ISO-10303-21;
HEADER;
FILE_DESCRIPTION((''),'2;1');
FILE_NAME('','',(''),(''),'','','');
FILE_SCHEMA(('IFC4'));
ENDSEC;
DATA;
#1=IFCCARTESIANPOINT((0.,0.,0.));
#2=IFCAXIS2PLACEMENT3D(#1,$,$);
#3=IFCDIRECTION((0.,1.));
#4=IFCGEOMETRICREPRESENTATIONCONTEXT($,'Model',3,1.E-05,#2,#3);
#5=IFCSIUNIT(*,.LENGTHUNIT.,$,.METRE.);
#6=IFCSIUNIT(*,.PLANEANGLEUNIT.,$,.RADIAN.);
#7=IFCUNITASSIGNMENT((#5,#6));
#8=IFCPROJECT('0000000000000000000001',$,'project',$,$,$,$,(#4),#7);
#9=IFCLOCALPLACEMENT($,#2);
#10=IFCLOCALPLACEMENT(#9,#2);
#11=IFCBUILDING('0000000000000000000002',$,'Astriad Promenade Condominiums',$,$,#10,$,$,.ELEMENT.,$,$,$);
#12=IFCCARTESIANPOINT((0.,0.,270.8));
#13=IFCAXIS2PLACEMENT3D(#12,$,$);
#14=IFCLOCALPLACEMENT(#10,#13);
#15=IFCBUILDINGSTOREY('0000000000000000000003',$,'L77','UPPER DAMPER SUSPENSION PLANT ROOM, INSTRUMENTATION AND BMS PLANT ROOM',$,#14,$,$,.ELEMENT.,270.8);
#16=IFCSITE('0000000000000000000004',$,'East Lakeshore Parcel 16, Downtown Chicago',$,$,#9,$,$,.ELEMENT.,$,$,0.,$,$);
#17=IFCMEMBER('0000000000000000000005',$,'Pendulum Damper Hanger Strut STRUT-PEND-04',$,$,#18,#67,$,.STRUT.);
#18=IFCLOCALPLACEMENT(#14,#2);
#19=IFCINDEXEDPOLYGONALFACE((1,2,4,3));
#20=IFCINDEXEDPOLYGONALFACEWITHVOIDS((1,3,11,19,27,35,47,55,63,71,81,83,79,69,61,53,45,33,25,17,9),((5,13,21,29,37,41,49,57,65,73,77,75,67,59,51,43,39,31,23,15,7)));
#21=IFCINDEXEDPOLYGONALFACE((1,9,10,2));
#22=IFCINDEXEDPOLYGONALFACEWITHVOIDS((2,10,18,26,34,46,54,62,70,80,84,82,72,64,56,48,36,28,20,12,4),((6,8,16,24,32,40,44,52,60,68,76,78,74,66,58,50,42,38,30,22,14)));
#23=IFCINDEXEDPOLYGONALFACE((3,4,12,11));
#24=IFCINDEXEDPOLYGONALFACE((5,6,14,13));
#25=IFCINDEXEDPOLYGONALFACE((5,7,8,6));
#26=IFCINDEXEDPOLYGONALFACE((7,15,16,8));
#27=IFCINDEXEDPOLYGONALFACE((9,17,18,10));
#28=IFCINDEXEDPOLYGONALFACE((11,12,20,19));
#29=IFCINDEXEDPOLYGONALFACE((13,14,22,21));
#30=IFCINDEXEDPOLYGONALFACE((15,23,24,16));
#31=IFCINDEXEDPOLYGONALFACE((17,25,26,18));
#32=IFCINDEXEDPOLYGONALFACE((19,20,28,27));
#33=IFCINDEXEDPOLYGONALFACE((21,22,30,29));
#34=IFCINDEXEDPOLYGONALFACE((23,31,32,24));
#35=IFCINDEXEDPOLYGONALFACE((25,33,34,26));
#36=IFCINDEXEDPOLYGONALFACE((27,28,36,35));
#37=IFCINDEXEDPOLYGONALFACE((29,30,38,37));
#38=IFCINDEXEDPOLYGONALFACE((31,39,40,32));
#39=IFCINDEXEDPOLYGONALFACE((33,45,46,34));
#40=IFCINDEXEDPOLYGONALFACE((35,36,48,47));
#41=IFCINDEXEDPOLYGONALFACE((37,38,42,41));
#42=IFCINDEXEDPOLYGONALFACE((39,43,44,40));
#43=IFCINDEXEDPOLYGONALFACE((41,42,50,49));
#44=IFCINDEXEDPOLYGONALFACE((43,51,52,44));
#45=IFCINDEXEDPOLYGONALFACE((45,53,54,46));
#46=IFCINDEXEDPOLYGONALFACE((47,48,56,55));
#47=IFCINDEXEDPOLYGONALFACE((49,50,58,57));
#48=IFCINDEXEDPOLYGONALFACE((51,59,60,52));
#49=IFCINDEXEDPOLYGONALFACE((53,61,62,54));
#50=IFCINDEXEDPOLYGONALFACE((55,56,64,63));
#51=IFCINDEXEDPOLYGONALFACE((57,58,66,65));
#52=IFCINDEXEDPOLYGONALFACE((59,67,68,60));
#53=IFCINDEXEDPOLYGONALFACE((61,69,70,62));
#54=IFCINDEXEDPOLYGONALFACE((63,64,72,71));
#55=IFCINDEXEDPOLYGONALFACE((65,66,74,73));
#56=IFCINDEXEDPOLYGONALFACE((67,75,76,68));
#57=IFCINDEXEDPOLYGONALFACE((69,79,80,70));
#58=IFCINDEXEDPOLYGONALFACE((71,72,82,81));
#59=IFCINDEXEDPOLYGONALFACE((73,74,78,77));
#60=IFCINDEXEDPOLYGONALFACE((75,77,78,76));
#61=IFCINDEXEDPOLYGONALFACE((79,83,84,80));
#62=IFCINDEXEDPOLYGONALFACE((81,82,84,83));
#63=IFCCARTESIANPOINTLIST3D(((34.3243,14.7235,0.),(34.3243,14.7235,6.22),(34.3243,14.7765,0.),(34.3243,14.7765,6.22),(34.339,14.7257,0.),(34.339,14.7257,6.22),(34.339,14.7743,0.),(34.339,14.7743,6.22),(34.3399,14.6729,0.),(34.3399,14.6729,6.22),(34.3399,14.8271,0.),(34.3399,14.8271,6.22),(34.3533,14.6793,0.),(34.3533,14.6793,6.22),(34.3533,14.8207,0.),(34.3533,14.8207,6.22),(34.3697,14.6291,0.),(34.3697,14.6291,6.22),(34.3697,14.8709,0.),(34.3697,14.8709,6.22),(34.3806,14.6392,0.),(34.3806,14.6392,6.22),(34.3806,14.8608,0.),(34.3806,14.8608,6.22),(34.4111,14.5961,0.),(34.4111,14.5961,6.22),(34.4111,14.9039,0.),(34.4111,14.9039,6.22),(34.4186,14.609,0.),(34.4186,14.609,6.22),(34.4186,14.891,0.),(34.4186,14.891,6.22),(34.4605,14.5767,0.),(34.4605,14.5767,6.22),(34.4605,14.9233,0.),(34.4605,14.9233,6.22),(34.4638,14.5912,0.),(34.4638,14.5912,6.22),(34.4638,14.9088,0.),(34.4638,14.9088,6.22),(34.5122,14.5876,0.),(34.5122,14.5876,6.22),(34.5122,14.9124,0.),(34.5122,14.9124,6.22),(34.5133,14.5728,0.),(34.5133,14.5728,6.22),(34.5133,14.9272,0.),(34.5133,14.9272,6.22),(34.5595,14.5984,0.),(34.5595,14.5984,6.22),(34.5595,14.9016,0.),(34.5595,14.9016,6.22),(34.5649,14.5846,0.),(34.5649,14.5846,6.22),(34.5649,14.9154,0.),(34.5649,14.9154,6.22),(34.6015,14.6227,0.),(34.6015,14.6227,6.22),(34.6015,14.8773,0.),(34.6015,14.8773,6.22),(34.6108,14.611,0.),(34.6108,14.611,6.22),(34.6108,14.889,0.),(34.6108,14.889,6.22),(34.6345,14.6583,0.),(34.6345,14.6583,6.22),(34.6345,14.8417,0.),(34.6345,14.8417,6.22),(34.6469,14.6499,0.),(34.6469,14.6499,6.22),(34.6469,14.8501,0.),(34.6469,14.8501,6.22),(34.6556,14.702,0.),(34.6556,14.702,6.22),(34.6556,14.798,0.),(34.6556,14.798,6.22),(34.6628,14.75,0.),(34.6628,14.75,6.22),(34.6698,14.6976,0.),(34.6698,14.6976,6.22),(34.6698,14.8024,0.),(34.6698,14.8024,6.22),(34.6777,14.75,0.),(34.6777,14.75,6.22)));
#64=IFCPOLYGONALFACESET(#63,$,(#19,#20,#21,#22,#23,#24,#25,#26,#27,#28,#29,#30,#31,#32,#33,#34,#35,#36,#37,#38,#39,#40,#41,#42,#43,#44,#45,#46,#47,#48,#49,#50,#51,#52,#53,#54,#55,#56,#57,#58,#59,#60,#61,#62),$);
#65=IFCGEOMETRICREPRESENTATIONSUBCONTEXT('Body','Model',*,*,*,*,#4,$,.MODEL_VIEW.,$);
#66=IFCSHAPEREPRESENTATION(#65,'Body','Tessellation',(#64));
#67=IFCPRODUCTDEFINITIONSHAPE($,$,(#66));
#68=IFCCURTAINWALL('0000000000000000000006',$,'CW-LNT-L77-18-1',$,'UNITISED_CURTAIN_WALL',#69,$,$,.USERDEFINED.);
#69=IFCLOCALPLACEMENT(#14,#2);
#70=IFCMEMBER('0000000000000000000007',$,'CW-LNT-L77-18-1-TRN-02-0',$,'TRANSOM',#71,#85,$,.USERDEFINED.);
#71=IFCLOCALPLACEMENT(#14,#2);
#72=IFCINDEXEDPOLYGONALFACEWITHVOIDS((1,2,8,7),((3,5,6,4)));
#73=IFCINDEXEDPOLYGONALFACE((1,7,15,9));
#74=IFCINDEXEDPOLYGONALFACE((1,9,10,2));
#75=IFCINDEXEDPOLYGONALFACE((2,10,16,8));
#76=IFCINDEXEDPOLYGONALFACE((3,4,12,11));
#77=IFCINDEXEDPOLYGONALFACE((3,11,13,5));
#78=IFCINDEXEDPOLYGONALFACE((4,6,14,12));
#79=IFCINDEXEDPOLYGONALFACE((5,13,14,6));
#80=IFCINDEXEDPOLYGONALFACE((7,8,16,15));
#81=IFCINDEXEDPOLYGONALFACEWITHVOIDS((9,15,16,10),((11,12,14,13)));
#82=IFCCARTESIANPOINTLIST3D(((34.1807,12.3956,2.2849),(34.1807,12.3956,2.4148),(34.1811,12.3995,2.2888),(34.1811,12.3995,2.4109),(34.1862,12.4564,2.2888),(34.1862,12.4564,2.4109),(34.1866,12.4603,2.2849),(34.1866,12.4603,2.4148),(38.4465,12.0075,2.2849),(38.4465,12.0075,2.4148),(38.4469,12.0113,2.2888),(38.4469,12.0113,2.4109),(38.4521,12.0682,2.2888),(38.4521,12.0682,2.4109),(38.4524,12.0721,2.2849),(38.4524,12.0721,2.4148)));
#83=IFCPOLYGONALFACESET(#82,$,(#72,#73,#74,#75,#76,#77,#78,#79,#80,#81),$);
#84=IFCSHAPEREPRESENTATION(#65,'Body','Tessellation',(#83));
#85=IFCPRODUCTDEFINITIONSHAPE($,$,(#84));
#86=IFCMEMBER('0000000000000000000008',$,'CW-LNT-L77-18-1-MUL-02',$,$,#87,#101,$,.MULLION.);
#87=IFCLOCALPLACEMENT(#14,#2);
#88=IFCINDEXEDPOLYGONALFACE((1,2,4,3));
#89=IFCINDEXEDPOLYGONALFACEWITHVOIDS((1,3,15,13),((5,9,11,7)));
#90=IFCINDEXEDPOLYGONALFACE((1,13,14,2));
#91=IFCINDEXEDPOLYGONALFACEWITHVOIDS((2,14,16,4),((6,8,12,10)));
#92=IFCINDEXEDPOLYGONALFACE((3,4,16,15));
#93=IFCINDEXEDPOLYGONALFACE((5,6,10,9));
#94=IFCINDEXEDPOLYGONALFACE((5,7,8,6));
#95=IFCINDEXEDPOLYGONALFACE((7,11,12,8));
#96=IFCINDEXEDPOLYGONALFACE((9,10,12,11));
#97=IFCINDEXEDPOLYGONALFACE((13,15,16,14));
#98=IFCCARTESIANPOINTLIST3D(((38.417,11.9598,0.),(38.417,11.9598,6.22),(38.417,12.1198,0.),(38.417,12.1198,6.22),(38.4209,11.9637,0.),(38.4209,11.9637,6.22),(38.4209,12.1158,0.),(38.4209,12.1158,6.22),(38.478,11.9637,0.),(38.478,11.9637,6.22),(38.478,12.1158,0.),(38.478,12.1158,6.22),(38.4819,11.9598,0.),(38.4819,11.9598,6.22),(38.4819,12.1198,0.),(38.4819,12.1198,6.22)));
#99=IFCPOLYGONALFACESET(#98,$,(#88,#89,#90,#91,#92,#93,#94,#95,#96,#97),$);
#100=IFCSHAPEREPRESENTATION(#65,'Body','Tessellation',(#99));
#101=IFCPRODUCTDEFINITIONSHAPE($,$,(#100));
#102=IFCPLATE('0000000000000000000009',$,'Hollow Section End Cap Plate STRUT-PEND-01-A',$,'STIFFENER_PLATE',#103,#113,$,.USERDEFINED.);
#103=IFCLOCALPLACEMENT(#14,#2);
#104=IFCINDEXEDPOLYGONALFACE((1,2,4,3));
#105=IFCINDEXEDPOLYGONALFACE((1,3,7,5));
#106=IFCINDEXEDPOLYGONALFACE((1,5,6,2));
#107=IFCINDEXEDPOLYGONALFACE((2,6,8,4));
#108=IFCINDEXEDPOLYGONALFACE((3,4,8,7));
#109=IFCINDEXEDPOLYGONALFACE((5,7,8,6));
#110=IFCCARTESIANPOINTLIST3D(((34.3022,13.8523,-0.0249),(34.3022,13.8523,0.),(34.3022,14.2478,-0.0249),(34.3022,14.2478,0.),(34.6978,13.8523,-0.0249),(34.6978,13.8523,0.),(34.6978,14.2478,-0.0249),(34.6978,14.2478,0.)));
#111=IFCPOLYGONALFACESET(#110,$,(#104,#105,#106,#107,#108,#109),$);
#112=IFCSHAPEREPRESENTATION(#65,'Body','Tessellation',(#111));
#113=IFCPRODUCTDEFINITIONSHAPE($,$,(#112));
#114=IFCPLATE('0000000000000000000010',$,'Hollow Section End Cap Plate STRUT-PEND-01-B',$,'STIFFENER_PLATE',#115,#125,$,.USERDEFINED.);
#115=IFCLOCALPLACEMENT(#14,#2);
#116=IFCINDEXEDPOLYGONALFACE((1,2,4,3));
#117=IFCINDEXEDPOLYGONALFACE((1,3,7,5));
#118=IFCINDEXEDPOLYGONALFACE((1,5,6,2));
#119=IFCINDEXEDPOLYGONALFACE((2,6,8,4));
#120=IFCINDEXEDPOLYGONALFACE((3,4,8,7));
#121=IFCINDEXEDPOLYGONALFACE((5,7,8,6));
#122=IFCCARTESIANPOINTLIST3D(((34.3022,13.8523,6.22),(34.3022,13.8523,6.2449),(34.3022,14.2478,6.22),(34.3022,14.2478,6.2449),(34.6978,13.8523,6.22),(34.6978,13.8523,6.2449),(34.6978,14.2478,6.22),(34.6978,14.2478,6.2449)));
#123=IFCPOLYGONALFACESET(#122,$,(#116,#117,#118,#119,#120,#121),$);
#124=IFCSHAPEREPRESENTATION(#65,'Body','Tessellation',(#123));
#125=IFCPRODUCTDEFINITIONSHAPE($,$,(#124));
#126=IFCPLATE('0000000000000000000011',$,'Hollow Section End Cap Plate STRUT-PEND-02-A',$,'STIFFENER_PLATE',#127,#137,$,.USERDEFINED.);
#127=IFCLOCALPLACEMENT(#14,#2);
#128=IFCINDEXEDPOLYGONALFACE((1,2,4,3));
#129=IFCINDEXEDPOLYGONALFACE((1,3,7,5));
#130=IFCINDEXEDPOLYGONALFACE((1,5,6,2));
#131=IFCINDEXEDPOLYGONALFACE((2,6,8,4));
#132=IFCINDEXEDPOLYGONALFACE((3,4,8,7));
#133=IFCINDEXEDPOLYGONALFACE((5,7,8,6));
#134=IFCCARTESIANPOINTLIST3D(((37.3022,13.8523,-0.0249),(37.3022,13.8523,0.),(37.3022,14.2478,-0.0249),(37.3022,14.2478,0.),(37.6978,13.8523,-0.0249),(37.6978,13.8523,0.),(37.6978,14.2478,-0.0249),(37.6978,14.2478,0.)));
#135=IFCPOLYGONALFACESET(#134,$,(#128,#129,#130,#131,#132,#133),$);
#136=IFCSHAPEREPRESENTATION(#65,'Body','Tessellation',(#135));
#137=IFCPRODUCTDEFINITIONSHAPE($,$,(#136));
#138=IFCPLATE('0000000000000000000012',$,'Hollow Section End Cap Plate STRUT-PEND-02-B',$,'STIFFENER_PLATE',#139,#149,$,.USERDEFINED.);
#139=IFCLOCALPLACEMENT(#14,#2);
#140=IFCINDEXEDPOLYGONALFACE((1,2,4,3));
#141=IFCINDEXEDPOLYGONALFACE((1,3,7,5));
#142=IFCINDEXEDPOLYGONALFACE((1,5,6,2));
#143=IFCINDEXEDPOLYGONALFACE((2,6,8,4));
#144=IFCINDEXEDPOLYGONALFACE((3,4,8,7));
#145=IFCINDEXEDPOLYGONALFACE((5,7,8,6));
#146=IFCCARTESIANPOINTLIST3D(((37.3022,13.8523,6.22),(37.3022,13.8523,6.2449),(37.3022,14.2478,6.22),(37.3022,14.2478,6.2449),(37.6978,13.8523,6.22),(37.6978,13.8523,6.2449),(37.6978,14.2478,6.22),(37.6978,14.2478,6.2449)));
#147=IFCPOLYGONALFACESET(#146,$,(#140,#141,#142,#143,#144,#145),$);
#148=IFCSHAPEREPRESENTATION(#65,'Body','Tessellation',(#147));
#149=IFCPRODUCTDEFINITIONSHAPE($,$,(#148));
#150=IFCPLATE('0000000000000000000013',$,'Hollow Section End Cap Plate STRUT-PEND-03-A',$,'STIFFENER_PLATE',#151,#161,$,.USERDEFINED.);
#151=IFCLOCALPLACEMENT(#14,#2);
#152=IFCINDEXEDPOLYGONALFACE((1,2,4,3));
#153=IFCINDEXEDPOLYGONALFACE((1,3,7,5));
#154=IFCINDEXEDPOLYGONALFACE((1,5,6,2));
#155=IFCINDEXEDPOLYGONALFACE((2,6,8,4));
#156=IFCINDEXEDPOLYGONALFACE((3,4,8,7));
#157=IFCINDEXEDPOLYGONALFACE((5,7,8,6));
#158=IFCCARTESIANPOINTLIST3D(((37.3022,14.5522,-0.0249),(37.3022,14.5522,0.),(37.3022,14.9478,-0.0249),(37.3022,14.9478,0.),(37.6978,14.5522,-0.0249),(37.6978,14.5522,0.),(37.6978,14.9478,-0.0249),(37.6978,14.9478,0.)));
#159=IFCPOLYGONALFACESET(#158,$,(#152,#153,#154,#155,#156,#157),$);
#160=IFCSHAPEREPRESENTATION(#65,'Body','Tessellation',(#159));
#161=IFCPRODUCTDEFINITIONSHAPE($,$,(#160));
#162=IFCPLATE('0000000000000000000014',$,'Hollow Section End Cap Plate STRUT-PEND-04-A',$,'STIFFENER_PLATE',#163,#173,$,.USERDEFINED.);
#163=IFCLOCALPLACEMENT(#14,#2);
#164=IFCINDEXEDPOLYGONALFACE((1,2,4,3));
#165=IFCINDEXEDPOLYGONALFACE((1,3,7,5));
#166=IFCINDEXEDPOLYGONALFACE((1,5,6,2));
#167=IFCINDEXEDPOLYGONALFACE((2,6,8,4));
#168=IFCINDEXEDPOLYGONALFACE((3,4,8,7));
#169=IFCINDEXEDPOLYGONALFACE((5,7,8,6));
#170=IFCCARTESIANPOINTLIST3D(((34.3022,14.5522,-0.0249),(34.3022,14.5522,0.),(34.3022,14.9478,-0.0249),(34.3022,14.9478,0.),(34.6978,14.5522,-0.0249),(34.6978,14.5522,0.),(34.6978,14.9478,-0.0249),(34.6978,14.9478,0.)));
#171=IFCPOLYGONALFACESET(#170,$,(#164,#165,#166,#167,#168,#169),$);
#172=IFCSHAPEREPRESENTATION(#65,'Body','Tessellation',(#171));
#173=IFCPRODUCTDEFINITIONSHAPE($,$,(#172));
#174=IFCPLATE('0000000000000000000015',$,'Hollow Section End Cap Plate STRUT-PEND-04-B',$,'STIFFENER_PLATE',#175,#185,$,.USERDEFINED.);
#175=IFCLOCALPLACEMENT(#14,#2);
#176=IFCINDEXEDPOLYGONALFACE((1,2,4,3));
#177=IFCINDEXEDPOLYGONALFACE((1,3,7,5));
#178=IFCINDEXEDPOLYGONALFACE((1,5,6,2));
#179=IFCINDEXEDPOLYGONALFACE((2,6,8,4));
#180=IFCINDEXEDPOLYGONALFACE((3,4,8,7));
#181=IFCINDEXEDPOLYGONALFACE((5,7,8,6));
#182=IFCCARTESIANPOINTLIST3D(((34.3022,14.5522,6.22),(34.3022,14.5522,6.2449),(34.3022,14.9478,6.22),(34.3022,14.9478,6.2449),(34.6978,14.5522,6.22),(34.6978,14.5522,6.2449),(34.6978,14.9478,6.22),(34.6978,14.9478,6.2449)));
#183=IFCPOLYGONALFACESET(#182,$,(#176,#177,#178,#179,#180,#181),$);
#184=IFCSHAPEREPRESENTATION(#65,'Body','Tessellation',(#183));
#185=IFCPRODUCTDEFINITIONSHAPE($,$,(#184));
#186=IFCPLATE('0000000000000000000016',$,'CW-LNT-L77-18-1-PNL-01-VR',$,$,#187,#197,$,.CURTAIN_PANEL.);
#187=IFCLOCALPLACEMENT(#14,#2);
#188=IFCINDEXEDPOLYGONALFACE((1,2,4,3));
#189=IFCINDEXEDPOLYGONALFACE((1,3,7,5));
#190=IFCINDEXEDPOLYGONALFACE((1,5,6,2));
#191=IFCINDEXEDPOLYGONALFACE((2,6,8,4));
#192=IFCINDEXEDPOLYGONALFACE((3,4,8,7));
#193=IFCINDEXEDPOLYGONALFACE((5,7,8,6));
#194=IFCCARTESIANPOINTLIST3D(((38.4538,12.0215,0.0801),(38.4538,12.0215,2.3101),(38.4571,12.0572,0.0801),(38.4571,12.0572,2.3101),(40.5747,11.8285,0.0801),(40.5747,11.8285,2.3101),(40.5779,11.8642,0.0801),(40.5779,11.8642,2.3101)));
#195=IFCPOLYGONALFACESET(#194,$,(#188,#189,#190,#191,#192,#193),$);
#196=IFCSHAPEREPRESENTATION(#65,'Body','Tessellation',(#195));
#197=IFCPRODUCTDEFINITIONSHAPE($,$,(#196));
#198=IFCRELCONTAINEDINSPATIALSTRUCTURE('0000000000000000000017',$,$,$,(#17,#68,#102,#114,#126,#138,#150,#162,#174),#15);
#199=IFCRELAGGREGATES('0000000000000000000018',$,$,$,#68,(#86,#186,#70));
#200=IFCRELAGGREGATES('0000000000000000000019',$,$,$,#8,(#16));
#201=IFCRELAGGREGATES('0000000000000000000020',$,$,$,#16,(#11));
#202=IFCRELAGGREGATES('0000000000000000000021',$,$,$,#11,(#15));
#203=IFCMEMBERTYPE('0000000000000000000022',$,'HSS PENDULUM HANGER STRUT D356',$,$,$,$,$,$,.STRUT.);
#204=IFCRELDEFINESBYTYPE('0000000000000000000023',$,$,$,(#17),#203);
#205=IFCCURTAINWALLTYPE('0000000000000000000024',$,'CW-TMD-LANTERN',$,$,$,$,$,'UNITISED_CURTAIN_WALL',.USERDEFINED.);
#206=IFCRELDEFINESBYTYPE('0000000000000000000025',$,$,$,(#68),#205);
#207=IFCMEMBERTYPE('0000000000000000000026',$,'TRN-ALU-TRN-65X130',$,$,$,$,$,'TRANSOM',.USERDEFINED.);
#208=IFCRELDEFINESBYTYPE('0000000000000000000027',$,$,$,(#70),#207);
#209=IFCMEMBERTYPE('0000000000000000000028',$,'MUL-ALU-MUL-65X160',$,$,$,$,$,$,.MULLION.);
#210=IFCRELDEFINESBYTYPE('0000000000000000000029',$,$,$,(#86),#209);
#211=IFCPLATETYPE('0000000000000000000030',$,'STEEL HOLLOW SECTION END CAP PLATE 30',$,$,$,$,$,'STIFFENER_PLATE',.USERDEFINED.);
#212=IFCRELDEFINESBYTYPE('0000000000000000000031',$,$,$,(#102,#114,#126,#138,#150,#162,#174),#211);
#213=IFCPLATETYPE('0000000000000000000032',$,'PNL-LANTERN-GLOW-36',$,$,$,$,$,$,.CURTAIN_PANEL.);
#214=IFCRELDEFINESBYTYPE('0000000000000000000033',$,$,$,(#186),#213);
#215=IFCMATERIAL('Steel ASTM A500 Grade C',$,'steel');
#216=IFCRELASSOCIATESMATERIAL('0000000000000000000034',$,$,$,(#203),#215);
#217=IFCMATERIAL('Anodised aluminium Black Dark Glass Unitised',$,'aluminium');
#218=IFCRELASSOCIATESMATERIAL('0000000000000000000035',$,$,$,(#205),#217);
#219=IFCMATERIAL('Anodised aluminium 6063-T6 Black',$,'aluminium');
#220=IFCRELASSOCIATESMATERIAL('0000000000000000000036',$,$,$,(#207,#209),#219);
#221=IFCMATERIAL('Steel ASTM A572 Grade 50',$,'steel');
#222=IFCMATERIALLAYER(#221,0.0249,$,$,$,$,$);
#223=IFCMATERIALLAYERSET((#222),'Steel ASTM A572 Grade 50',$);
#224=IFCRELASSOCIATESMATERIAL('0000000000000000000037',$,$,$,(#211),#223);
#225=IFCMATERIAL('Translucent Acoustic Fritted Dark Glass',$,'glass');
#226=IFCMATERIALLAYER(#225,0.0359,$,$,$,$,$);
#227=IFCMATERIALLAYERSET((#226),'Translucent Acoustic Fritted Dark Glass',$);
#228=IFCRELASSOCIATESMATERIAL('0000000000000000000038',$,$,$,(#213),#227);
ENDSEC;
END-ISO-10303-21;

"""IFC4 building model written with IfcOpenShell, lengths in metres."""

from ifc_helpers import new_model, si_unit, direction, frame, origin, origin_2d, place, context, subcontext, project, spatial, rectangle, hollow_rectangle, hollow_circle, extrude, source, transform, mapped, material, layer, layer_set, material_profile, profile_set, type_object, type_shapes, element, aggregate, save


model = new_model("IFC4")

# Units and contexts
model_context = context("Model", 3, precision=1e-05, world=origin(), true_north=direction((0.0, 1.0)))
body_context = subcontext(model_context, "Body", "Model", "MODEL_VIEW")
ifc_project = project(units=[si_unit("LENGTHUNIT", "METRE"), si_unit("PLANEANGLEUNIT", "RADIAN")], contexts=[model_context])

# Site, building, storey
site_placement = place(None, origin())
site = spatial("IfcSite", under=ifc_project, at=site_placement, Name="East Lakeshore Parcel 16, Downtown Chicago", CompositionType="ELEMENT", RefElevation=0.0)
building_placement = place(site_placement, origin())
building = spatial("IfcBuilding", under=site, at=building_placement, Name="Astriad Promenade Condominiums", CompositionType="ELEMENT")
storey_placement = place(building_placement, frame((0.0, 0.0, 270.8)))
storey = spatial("IfcBuildingStorey", under=building, at=storey_placement, Name="L77", Description="UPPER DAMPER SUSPENSION PLANT ROOM, INSTRUMENTATION AND BMS PLANT ROOM", CompositionType="ELEMENT", Elevation=270.8)

# Member
ifc_material_1 = material(Name="Steel ASTM A500 Grade C", Category="steel")
ifc_material_profile_1 = material_profile(ifc_material_1, hollow_circle(Radius=0.1777, WallThickness=0.0149, at=origin_2d()), Name="HSS355.6X15.9")
ifc_profile_set_1 = profile_set([ifc_material_profile_1], Name="Steel ASTM A500 Grade C")
member_type_1 = type_object("IfcMemberType", Name="HSS PENDULUM HANGER STRUT D356", PredefinedType="STRUT", material=ifc_profile_set_1)
shared_shape_1 = source(origin(), body_context, "Body", "SweptSolid", [
    extrude(hollow_circle(Radius=0.1777, WallThickness=0.0149, at=origin_2d()), origin(), (0.0, 0.0, 1.0), 6.22),
])
type_shapes(member_type_1, [shared_shape_1])
for number, where, z_axis, x_axis, name in (
    (1, (34.5, 14.75, 0.0), (0.0, 0.0, 1.0), (1.0, 0.0, 0.0), "Pendulum Damper Hanger Strut STRUT-PEND-04"),
):
    element("IfcMember", number, at=place(storey_placement, frame(where, z_axis=z_axis, x_axis=x_axis)), inside=storey, type_object=member_type_1, Name=name, PredefinedType="STRUT", context=body_context, shape_type="MappedRepresentation", body=[
        mapped(shared_shape_1, transform((0.0, 0.0, 0.0), scale=1.0)),
    ])

# Curtain wall, members
ifc_material_2 = material(Name="Anodised aluminium Black Dark Glass Unitised", Category="aluminium")
curtain_wall_type = type_object("IfcCurtainWallType", Name="CW-TMD-LANTERN", ElementType="UNITISED_CURTAIN_WALL", PredefinedType="USERDEFINED", material=ifc_material_2)
curtain_wall_placement = place(storey_placement, origin())
curtain_wall = element("IfcCurtainWall", 2, at=curtain_wall_placement, inside=storey, type_object=curtain_wall_type, Name="CW-LNT-L77-18-1", ObjectType="UNITISED_CURTAIN_WALL", PredefinedType="USERDEFINED")
ifc_material_3 = material(Name="Anodised aluminium 6063-T6 Black", Category="aluminium")
ifc_material_profile_2 = material_profile(ifc_material_3, hollow_rectangle(XDim=0.0649, YDim=0.1299, WallThickness=0.0039, at=origin_2d()), Name="ALU-TRN-65X130")
ifc_profile_set_2 = profile_set([ifc_material_profile_2], Name="Anodised aluminium 6063-T6 Black")
member_type_2 = type_object("IfcMemberType", Name="TRN-ALU-TRN-65X130", ElementType="TRANSOM", PredefinedType="USERDEFINED", material=ifc_profile_set_2)
shared_shape_2 = source(origin(), body_context, "Body", "SweptSolid", [
    extrude(hollow_rectangle(XDim=0.0649, YDim=0.1299, WallThickness=0.0039, at=origin_2d()), origin(), (0.0, 0.0, 1.0), 4.2834),
])
type_shapes(member_type_2, [shared_shape_2])
member_1_placement = place(storey_placement, frame((38.4495, 12.0398, 2.3499), z_axis=(-0.995885, 0.090623, 0.0), x_axis=(-0.090623, -0.995885, 0.0)))
member_1 = element("IfcMember", 3, at=member_1_placement, type_object=member_type_2, Name="CW-LNT-L77-18-1-TRN-02-0", ObjectType="TRANSOM", PredefinedType="USERDEFINED", context=body_context, shape_type="MappedRepresentation", body=[
    mapped(shared_shape_2, transform((0.0, 0.0, 0.0), scale=1.0)),
])
ifc_material_profile_3 = material_profile(ifc_material_3, hollow_rectangle(XDim=0.0649, YDim=0.1599, WallThickness=0.0039, at=origin_2d()), Name="ALU-MUL-65X160")
ifc_profile_set_3 = profile_set([ifc_material_profile_3], Name="Anodised aluminium 6063-T6 Black")
member_type_3 = type_object("IfcMemberType", Name="MUL-ALU-MUL-65X160", PredefinedType="MULLION", material=ifc_profile_set_3)
shared_shape_3 = source(origin(), body_context, "Body", "SweptSolid", [
    extrude(hollow_rectangle(XDim=0.0649, YDim=0.1599, WallThickness=0.0039, at=origin_2d()), origin(), (0.0, 0.0, 1.0), 6.22),
])
type_shapes(member_type_3, [shared_shape_3])
member_2_placement = place(storey_placement, frame((38.4495, 12.0398, 0.0), z_axis=(0.0, 0.0, 1.0), x_axis=(1.0, 0.0, 0.0)))
member_2 = element("IfcMember", 4, at=member_2_placement, type_object=member_type_3, Name="CW-LNT-L77-18-1-MUL-02", PredefinedType="MULLION", context=body_context, shape_type="MappedRepresentation", body=[
    mapped(shared_shape_3, transform((0.0, 0.0, 0.0), scale=1.0)),
])

# Plates
ifc_material_4 = material(Name="Steel ASTM A572 Grade 50", Category="steel")
ifc_layer_1 = layer(ifc_material_4, 0.0249)
ifc_layer_set_1 = layer_set([ifc_layer_1], Name="Steel ASTM A572 Grade 50")
plate_type_1 = type_object("IfcPlateType", Name="STEEL HOLLOW SECTION END CAP PLATE 30", ElementType="STIFFENER_PLATE", PredefinedType="USERDEFINED", material=ifc_layer_set_1)
shared_shape_4 = source(origin(), body_context, "Body", "SweptSolid", [
    extrude(rectangle(XDim=0.3955, YDim=0.3955, at=origin_2d()), origin(), (0.0, 0.0, 1.0), 0.0249),
])
type_shapes(plate_type_1, [shared_shape_4])
for number, where, z_axis, x_axis, name in (
    (5, (34.5, 14.05, -0.0249), (0.0, 0.0, 1.0), (1.0, 0.0, 0.0), "Hollow Section End Cap Plate STRUT-PEND-01-A"),
    (6, (34.5, 14.05, 6.22), (0.0, 0.0, 1.0), (1.0, 0.0, 0.0), "Hollow Section End Cap Plate STRUT-PEND-01-B"),
    (7, (37.5, 14.05, -0.0249), (0.0, 0.0, 1.0), (1.0, 0.0, 0.0), "Hollow Section End Cap Plate STRUT-PEND-02-A"),
    (8, (37.5, 14.05, 6.22), (0.0, 0.0, 1.0), (1.0, 0.0, 0.0), "Hollow Section End Cap Plate STRUT-PEND-02-B"),
    (9, (37.5, 14.75, -0.0249), (0.0, 0.0, 1.0), (1.0, 0.0, 0.0), "Hollow Section End Cap Plate STRUT-PEND-03-A"),
    (10, (34.5, 14.75, -0.0249), (0.0, 0.0, 1.0), (1.0, 0.0, 0.0), "Hollow Section End Cap Plate STRUT-PEND-04-A"),
    (11, (34.5, 14.75, 6.22), (0.0, 0.0, 1.0), (1.0, 0.0, 0.0), "Hollow Section End Cap Plate STRUT-PEND-04-B"),
):
    element("IfcPlate", number, at=place(storey_placement, frame(where, z_axis=z_axis, x_axis=x_axis)), inside=storey, type_object=plate_type_1, Name=name, ObjectType="STIFFENER_PLATE", PredefinedType="USERDEFINED", context=body_context, shape_type="MappedRepresentation", body=[
        mapped(shared_shape_4, transform((0.0, 0.0, 0.0), scale=1.0)),
    ])

# Plate
ifc_material_5 = material(Name="Translucent Acoustic Fritted Dark Glass", Category="glass")
ifc_layer_2 = layer(ifc_material_5, 0.0359)
ifc_layer_set_2 = layer_set([ifc_layer_2], Name="Translucent Acoustic Fritted Dark Glass")
plate_type_2 = type_object("IfcPlateType", Name="PNL-LANTERN-GLOW-36", PredefinedType="CURTAIN_PANEL", material=ifc_layer_set_2)
shared_shape_5 = source(origin(), body_context, "Body", "SweptSolid", [
    extrude(rectangle(XDim=2.1296, YDim=0.0359, at=origin_2d()), origin(), (0.0, 0.0, 1.0), 2.23),
])
plate_1_placement = place(storey_placement, frame((39.5159, 11.9429, 0.0801), z_axis=(0.0, 0.0, 1.0), x_axis=(-0.995884, 0.090633, 0.0)))
plate_1 = element("IfcPlate", 12, at=plate_1_placement, type_object=plate_type_2, Name="CW-LNT-L77-18-1-PNL-01-VR", PredefinedType="CURTAIN_PANEL", context=body_context, shape_type="MappedRepresentation", body=[
    mapped(shared_shape_5, transform((0.0, 0.0, 0.0), scale=1.0)),
])
aggregate(curtain_wall, [member_2, plate_1, member_1])

save(model, "model.ifc")
